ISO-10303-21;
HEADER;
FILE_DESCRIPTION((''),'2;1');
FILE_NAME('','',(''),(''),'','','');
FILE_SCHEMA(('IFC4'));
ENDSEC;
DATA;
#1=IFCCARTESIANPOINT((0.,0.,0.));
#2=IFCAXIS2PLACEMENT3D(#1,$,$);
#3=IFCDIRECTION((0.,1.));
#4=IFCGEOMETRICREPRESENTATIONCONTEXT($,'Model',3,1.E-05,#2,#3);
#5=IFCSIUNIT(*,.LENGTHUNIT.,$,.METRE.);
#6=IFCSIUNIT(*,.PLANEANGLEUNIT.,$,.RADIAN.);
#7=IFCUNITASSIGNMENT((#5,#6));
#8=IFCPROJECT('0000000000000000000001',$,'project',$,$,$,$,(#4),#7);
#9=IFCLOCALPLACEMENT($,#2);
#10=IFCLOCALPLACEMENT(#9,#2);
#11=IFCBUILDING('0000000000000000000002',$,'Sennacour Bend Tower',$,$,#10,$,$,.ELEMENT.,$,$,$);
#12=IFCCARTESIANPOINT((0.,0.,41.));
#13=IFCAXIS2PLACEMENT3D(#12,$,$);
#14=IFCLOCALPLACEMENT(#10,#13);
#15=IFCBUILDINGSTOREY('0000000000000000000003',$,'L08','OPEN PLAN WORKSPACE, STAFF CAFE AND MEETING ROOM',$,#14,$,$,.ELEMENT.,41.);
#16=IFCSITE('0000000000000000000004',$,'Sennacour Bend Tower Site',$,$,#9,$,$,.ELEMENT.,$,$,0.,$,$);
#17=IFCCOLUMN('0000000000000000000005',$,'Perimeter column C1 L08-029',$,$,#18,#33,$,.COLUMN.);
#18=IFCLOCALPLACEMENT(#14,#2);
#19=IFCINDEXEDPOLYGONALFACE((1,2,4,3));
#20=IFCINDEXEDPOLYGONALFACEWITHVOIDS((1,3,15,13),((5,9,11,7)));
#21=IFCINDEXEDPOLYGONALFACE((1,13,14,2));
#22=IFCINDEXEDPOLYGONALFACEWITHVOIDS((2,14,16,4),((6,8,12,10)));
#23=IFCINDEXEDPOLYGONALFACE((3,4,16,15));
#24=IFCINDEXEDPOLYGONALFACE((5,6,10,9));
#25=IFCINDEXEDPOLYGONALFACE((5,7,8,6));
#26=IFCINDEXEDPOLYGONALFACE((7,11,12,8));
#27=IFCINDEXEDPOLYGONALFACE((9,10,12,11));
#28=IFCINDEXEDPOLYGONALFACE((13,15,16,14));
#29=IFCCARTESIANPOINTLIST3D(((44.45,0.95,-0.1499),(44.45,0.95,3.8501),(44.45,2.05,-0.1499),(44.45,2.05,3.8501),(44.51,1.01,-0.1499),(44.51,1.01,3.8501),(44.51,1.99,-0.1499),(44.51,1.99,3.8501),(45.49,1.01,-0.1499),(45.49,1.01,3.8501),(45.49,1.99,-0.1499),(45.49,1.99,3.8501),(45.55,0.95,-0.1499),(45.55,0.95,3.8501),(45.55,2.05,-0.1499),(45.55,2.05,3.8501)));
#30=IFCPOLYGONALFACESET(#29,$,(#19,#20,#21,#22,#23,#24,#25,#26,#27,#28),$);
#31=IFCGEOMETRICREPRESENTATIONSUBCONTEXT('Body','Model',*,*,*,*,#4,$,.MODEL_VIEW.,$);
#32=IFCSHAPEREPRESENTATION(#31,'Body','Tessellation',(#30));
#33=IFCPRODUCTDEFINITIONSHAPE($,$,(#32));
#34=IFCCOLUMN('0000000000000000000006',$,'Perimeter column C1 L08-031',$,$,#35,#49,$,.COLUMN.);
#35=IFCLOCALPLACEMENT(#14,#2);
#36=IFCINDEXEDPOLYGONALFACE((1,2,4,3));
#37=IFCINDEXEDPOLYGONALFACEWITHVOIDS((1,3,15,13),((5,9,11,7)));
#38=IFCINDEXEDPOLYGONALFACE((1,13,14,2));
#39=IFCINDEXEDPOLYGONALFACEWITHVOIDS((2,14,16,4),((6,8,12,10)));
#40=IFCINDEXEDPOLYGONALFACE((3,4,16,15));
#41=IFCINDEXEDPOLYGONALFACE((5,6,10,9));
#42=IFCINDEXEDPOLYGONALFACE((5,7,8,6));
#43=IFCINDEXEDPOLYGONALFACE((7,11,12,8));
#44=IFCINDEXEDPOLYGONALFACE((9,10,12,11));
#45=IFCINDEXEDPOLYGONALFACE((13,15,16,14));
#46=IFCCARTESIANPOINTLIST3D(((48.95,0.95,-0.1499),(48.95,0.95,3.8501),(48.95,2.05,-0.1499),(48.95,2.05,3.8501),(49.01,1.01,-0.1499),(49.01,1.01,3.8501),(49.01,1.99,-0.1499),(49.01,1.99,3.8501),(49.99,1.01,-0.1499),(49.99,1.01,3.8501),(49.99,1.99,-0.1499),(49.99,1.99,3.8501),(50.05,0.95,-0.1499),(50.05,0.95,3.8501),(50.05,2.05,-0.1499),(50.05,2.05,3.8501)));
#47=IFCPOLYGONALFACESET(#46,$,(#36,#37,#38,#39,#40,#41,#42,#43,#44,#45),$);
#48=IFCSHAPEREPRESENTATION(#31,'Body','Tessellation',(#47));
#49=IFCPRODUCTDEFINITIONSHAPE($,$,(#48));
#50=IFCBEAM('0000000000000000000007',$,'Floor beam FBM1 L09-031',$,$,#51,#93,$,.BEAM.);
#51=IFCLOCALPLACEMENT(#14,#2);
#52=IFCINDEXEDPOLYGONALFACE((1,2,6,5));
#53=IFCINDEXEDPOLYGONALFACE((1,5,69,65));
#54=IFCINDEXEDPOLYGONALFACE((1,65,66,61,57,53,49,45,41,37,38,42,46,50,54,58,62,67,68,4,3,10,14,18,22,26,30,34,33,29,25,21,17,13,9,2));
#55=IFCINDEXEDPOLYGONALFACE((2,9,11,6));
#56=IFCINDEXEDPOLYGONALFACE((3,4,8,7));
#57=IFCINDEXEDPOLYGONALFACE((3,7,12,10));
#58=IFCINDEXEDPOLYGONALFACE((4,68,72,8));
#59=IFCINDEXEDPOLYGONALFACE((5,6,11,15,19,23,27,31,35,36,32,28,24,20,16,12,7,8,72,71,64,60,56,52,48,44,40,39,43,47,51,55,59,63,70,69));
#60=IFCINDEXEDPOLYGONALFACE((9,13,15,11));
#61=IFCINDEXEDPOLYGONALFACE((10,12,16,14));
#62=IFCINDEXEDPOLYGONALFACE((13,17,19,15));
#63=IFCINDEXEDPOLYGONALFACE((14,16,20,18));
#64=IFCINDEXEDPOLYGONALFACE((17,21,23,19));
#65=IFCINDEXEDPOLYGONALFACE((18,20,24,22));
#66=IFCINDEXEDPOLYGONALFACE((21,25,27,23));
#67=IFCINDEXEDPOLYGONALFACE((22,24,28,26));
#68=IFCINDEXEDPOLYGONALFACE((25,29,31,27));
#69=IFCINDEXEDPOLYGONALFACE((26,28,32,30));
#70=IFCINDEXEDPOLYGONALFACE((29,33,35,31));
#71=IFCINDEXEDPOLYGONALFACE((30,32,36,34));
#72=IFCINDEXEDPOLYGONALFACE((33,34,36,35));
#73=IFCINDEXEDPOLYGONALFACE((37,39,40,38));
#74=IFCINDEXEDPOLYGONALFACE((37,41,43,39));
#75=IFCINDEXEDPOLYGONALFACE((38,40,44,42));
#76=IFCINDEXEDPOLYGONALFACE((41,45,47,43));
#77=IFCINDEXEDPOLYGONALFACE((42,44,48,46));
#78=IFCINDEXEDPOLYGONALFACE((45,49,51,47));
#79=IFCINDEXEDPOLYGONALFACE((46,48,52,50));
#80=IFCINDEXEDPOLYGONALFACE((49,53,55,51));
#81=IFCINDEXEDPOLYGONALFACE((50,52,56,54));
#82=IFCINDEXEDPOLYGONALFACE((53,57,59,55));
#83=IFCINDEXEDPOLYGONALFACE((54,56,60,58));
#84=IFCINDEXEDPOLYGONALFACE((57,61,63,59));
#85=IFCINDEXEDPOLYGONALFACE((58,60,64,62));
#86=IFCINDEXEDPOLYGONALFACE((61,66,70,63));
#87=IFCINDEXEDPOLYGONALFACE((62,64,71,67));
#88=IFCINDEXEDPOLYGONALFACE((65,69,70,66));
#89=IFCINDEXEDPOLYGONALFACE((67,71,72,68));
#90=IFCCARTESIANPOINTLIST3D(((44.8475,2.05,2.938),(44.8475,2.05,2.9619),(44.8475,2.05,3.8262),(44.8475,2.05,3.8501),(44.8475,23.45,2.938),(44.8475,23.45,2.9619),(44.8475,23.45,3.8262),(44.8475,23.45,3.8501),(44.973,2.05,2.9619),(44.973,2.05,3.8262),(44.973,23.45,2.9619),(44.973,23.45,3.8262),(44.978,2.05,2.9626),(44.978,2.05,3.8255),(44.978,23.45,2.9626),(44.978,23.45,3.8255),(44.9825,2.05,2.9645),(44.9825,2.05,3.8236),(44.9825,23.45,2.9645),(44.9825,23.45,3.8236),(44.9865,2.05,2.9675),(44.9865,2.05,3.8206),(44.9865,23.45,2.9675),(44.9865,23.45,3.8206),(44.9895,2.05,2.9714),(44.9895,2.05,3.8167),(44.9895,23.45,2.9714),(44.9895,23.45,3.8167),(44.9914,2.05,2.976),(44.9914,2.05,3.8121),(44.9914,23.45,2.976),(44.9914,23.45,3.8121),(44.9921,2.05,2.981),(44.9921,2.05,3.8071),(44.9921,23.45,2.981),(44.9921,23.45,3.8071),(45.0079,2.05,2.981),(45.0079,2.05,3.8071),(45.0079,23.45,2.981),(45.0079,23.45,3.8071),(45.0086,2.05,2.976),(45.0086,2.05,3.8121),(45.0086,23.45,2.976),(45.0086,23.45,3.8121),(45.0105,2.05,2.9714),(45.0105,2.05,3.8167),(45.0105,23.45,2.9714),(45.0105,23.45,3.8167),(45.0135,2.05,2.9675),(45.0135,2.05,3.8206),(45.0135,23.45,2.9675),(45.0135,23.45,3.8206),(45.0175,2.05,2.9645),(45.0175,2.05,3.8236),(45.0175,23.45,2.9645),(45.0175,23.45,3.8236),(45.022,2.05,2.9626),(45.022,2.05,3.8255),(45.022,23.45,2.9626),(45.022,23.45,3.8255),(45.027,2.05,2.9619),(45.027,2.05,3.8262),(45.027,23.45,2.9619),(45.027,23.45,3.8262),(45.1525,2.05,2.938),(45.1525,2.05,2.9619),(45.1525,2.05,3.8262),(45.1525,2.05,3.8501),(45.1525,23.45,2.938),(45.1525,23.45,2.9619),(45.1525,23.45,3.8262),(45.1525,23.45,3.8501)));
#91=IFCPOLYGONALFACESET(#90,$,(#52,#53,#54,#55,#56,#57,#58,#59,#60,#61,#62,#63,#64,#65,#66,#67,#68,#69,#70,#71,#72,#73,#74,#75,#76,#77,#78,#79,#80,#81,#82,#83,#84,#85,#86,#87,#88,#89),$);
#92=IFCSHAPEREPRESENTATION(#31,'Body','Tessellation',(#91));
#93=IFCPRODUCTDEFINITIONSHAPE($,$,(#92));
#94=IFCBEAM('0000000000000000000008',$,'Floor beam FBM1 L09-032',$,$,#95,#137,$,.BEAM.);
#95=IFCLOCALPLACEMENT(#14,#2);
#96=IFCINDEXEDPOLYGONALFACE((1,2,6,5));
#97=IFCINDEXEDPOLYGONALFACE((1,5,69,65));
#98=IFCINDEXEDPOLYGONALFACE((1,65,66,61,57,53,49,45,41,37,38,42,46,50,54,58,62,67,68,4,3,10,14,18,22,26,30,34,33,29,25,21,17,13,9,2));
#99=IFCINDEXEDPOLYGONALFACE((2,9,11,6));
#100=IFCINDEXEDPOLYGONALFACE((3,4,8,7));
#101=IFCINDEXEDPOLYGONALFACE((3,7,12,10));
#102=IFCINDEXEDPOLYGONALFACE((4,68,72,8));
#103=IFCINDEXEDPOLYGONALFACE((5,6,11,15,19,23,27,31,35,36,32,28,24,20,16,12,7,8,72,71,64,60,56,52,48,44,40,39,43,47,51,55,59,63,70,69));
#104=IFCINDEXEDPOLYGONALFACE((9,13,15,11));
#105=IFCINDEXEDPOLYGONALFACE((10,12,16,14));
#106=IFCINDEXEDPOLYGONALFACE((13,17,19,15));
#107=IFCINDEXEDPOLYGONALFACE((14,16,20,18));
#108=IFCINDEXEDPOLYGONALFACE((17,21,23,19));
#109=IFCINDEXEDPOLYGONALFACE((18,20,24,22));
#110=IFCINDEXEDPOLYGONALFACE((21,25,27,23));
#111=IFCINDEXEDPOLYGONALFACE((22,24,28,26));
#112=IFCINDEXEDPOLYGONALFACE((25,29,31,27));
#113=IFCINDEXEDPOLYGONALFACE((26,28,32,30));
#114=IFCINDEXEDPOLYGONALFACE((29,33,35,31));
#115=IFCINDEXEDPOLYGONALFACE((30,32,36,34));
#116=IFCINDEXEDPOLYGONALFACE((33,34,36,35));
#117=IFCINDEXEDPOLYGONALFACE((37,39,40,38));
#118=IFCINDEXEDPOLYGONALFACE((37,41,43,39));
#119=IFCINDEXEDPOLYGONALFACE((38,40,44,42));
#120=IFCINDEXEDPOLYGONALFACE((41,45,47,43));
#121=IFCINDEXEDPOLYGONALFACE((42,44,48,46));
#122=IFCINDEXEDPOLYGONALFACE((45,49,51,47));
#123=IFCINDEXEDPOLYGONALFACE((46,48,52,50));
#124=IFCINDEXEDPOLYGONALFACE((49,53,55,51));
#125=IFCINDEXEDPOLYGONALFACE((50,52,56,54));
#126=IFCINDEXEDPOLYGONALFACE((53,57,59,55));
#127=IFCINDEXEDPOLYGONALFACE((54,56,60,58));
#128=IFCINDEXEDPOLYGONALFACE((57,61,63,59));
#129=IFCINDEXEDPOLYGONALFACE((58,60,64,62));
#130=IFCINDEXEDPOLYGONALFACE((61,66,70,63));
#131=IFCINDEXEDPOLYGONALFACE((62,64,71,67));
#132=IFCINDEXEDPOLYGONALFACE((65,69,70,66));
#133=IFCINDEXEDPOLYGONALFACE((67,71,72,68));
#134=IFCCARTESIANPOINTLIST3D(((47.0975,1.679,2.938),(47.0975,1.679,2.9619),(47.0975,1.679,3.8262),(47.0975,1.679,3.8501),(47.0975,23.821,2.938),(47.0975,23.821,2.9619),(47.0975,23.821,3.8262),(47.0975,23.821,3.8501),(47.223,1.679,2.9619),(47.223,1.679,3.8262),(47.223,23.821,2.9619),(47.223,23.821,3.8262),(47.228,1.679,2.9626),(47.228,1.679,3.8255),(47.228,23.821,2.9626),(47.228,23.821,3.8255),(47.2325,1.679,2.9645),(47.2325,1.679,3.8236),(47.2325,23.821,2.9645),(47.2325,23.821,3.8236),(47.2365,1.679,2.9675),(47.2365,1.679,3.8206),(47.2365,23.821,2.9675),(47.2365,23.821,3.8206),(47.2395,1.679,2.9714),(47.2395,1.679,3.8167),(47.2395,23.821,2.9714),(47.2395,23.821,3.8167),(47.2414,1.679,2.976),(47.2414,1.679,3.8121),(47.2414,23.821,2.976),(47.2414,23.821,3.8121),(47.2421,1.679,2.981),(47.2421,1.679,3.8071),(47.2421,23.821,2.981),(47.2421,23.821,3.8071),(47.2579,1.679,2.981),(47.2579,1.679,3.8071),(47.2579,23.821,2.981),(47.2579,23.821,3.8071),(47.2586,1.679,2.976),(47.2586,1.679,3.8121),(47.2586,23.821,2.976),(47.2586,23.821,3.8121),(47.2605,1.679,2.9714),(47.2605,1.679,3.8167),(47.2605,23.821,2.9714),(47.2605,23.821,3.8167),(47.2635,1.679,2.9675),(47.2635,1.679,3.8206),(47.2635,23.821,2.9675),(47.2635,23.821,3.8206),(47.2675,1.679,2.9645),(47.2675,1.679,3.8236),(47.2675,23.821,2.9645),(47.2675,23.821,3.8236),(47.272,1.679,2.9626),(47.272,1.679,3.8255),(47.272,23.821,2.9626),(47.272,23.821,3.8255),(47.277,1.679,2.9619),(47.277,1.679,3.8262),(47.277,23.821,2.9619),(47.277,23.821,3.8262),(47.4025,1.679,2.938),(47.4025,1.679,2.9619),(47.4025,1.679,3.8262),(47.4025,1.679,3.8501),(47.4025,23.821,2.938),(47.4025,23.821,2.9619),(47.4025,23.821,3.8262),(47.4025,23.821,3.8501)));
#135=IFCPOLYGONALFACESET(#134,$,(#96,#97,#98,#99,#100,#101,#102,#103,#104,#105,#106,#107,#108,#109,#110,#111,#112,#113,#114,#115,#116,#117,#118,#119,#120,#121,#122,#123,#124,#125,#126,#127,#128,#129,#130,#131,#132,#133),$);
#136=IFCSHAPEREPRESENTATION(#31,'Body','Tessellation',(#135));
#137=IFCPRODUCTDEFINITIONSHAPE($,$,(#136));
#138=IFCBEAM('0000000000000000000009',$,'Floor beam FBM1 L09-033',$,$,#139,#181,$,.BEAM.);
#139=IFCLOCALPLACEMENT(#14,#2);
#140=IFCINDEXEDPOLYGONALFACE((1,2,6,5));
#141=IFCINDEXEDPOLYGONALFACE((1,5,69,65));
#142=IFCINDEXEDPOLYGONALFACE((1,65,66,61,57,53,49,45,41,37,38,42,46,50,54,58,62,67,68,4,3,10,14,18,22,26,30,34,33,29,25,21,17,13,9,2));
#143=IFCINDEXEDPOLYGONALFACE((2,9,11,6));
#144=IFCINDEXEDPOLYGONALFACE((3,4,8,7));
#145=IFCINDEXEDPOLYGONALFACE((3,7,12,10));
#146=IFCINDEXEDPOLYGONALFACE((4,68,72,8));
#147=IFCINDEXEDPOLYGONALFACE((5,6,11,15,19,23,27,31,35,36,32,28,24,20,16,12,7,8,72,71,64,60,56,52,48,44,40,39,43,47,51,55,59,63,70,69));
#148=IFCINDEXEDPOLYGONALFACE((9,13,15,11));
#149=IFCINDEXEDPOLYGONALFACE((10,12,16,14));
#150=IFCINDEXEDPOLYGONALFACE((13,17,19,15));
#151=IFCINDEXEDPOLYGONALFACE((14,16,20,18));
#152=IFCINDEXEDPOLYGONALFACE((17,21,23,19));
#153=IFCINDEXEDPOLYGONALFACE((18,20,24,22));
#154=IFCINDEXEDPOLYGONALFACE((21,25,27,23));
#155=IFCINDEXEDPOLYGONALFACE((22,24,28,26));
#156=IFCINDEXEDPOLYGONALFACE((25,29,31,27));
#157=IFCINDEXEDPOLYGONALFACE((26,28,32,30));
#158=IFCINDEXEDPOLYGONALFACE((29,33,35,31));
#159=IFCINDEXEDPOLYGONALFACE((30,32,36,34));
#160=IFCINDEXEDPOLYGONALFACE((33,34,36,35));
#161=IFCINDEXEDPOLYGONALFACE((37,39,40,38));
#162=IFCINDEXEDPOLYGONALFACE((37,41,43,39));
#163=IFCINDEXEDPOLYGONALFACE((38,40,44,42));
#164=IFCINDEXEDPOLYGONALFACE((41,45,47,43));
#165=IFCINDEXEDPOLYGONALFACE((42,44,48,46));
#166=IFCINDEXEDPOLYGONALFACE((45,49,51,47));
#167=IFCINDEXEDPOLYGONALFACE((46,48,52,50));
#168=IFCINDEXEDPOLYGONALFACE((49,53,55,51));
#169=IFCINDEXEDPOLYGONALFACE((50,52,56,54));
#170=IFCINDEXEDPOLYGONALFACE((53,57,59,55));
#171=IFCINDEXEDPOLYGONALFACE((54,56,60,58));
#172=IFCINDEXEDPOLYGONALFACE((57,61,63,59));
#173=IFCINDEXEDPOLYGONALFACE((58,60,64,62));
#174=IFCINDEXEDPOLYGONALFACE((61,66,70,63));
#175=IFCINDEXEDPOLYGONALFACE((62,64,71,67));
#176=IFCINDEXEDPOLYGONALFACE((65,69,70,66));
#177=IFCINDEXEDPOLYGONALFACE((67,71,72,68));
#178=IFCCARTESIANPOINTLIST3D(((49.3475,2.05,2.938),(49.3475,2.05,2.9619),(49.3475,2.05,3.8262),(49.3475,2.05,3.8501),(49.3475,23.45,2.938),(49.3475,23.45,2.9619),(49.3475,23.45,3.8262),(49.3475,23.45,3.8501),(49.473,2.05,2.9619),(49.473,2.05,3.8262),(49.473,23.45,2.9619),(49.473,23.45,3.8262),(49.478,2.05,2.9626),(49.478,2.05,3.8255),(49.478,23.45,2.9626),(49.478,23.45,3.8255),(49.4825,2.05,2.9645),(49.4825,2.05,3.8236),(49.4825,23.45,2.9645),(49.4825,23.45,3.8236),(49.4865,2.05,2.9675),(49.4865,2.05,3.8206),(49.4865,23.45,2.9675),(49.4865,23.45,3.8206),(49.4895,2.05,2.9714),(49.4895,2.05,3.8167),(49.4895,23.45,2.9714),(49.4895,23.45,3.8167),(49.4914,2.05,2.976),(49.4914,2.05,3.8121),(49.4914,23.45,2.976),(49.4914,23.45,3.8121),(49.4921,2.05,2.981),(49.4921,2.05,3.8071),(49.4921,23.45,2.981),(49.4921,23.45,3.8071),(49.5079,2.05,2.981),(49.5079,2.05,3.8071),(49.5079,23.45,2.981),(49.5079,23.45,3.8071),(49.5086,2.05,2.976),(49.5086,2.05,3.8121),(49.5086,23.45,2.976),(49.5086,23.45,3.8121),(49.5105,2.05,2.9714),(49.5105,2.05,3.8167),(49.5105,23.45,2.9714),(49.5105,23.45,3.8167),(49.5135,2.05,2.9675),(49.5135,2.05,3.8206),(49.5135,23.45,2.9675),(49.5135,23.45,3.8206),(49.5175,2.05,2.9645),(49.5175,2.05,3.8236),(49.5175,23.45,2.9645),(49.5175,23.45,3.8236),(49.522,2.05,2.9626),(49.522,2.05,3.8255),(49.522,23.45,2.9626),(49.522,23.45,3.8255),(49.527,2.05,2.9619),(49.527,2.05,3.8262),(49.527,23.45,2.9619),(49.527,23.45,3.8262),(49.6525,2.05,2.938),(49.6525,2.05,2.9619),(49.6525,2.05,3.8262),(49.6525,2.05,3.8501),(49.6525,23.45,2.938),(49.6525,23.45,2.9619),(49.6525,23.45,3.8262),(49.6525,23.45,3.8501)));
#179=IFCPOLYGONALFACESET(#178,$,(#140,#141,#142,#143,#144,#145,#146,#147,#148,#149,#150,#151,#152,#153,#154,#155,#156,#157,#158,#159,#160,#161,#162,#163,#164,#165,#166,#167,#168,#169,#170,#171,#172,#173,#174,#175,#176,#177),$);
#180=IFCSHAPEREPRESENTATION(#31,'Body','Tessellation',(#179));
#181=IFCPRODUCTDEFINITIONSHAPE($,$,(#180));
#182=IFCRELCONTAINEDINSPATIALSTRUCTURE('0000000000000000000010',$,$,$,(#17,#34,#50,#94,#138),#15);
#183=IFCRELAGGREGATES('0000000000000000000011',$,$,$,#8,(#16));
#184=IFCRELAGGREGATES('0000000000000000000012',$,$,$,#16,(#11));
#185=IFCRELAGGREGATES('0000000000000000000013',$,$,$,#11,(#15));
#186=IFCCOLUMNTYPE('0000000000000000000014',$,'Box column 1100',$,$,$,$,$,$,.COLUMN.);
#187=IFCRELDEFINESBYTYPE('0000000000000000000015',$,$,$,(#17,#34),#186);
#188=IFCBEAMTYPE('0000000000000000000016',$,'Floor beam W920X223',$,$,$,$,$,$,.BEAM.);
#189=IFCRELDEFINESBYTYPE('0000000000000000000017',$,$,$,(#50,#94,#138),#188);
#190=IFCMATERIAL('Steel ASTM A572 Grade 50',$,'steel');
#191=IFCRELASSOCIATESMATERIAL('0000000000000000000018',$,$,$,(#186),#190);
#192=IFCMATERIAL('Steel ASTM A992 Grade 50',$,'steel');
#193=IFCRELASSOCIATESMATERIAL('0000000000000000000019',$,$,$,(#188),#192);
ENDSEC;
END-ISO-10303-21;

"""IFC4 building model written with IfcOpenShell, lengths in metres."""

from ifc_helpers import new_model, si_unit, direction, frame, origin, origin_2d, place, context, subcontext, project, spatial, hollow_rectangle, i_section, extrude, material, material_profile, profile_set, type_object, element, save


model = new_model("IFC4")

# Units and contexts
model_context = context("Model", 3, precision=1e-05, world=origin(), true_north=direction((0.0, 1.0)))
body_context = subcontext(model_context, "Body", "Model", "MODEL_VIEW")
ifc_project = project(units=[si_unit("LENGTHUNIT", "METRE"), si_unit("PLANEANGLEUNIT", "RADIAN")], contexts=[model_context])

# Site, building, storey
site_placement = place(None, origin())
site = spatial("IfcSite", under=ifc_project, at=site_placement, Name="Sennacour Bend Tower Site", CompositionType="ELEMENT", RefElevation=0.0)
building_placement = place(site_placement, origin())
building = spatial("IfcBuilding", under=site, at=building_placement, Name="Sennacour Bend Tower", CompositionType="ELEMENT")
storey_placement = place(building_placement, frame((0.0, 0.0, 41.0)))
storey = spatial("IfcBuildingStorey", under=building, at=storey_placement, Name="L08", Description="OPEN PLAN WORKSPACE, STAFF CAFE AND MEETING ROOM", CompositionType="ELEMENT", Elevation=41.0)

# Columns
ifc_material_1 = material(Name="Steel ASTM A572 Grade 50", Category="steel")
ifc_material_profile_1 = material_profile(ifc_material_1, hollow_rectangle(XDim=1.1001, YDim=1.1001, WallThickness=0.0601, at=origin_2d()), Name="Steel ASTM A572 Grade 50", Category="steel")
ifc_profile_set_1 = profile_set([ifc_material_profile_1], Name="Steel ASTM A572 Grade 50")
column_type = type_object("IfcColumnType", Name="Box column 1100", PredefinedType="COLUMN", material=ifc_profile_set_1)
for number, where, z_axis, x_axis, name in (
    (1, (45.0, 1.5, -0.1499), (0.0, 0.0, 1.0), (1.0, 0.0, 0.0), "Perimeter column C1 L08-029"),
    (2, (49.5, 1.5, -0.1499), (0.0, 0.0, 1.0), (1.0, 0.0, 0.0), "Perimeter column C1 L08-031"),
):
    element("IfcColumn", number, at=place(storey_placement, frame(where, z_axis=z_axis, x_axis=x_axis)), inside=storey, type_object=column_type, Name=name, PredefinedType="COLUMN", context=body_context, shape_type="SweptSolid", body=[
        extrude(hollow_rectangle(XDim=1.1001, YDim=1.1001, WallThickness=0.0601, at=origin_2d()), origin(), (0.0, 0.0, 1.0), 4.0),
    ])

# Beams
ifc_material_2 = material(Name="Steel ASTM A992 Grade 50", Category="steel")
ifc_material_profile_2 = material_profile(ifc_material_2, i_section(OverallWidth=0.3049, OverallDepth=0.9121, WebThickness=0.0159, FlangeThickness=0.0239, FilletRadius=0.019, at=origin_2d()), Name="Steel ASTM A992 Grade 50", Category="steel")
ifc_profile_set_2 = profile_set([ifc_material_profile_2], Name="Steel ASTM A992 Grade 50")
beam_type_1 = type_object("IfcBeamType", Name="Floor beam W920X223", PredefinedType="BEAM", material=ifc_profile_set_2)
beam_1_placement = place(storey_placement, frame((45.0, 2.05, 3.394), z_axis=(0.0, 1.0, 0.0), x_axis=(-1.0, 0.0, 0.0)))
element("IfcBeam", 3, at=beam_1_placement, inside=storey, type_object=beam_type_1, Name="Floor beam FBM1 L09-031", PredefinedType="BEAM", context=body_context, shape_type="SweptSolid", body=[
    extrude(i_section(OverallWidth=0.3049, OverallDepth=0.9121, WebThickness=0.0159, FlangeThickness=0.0239, FilletRadius=0.019, at=origin_2d()), origin(), (0.0, 0.0, 1.0), 21.3999),
])
beam_2_placement = place(storey_placement, frame((47.25, 1.679, 3.394), z_axis=(0.0, 1.0, 0.0), x_axis=(-1.0, 0.0, 0.0)))
element("IfcBeam", 4, at=beam_2_placement, inside=storey, type_object=beam_type_1, Name="Floor beam FBM1 L09-032", PredefinedType="BEAM", context=body_context, shape_type="SweptSolid", body=[
    extrude(i_section(OverallWidth=0.3049, OverallDepth=0.9121, WebThickness=0.0159, FlangeThickness=0.0239, FilletRadius=0.019, at=origin_2d()), origin(), (0.0, 0.0, 1.0), 22.1421),
])
beam_3_placement = place(storey_placement, frame((49.5, 2.05, 3.394), z_axis=(0.0, 1.0, 0.0), x_axis=(-1.0, 0.0, 0.0)))
element("IfcBeam", 5, at=beam_3_placement, inside=storey, type_object=beam_type_1, Name="Floor beam FBM1 L09-033", PredefinedType="BEAM", context=body_context, shape_type="SweptSolid", body=[
    extrude(i_section(OverallWidth=0.3049, OverallDepth=0.9121, WebThickness=0.0159, FlangeThickness=0.0239, FilletRadius=0.019, at=origin_2d()), origin(), (0.0, 0.0, 1.0), 21.3999),
])

save(model, "model.ifc")
